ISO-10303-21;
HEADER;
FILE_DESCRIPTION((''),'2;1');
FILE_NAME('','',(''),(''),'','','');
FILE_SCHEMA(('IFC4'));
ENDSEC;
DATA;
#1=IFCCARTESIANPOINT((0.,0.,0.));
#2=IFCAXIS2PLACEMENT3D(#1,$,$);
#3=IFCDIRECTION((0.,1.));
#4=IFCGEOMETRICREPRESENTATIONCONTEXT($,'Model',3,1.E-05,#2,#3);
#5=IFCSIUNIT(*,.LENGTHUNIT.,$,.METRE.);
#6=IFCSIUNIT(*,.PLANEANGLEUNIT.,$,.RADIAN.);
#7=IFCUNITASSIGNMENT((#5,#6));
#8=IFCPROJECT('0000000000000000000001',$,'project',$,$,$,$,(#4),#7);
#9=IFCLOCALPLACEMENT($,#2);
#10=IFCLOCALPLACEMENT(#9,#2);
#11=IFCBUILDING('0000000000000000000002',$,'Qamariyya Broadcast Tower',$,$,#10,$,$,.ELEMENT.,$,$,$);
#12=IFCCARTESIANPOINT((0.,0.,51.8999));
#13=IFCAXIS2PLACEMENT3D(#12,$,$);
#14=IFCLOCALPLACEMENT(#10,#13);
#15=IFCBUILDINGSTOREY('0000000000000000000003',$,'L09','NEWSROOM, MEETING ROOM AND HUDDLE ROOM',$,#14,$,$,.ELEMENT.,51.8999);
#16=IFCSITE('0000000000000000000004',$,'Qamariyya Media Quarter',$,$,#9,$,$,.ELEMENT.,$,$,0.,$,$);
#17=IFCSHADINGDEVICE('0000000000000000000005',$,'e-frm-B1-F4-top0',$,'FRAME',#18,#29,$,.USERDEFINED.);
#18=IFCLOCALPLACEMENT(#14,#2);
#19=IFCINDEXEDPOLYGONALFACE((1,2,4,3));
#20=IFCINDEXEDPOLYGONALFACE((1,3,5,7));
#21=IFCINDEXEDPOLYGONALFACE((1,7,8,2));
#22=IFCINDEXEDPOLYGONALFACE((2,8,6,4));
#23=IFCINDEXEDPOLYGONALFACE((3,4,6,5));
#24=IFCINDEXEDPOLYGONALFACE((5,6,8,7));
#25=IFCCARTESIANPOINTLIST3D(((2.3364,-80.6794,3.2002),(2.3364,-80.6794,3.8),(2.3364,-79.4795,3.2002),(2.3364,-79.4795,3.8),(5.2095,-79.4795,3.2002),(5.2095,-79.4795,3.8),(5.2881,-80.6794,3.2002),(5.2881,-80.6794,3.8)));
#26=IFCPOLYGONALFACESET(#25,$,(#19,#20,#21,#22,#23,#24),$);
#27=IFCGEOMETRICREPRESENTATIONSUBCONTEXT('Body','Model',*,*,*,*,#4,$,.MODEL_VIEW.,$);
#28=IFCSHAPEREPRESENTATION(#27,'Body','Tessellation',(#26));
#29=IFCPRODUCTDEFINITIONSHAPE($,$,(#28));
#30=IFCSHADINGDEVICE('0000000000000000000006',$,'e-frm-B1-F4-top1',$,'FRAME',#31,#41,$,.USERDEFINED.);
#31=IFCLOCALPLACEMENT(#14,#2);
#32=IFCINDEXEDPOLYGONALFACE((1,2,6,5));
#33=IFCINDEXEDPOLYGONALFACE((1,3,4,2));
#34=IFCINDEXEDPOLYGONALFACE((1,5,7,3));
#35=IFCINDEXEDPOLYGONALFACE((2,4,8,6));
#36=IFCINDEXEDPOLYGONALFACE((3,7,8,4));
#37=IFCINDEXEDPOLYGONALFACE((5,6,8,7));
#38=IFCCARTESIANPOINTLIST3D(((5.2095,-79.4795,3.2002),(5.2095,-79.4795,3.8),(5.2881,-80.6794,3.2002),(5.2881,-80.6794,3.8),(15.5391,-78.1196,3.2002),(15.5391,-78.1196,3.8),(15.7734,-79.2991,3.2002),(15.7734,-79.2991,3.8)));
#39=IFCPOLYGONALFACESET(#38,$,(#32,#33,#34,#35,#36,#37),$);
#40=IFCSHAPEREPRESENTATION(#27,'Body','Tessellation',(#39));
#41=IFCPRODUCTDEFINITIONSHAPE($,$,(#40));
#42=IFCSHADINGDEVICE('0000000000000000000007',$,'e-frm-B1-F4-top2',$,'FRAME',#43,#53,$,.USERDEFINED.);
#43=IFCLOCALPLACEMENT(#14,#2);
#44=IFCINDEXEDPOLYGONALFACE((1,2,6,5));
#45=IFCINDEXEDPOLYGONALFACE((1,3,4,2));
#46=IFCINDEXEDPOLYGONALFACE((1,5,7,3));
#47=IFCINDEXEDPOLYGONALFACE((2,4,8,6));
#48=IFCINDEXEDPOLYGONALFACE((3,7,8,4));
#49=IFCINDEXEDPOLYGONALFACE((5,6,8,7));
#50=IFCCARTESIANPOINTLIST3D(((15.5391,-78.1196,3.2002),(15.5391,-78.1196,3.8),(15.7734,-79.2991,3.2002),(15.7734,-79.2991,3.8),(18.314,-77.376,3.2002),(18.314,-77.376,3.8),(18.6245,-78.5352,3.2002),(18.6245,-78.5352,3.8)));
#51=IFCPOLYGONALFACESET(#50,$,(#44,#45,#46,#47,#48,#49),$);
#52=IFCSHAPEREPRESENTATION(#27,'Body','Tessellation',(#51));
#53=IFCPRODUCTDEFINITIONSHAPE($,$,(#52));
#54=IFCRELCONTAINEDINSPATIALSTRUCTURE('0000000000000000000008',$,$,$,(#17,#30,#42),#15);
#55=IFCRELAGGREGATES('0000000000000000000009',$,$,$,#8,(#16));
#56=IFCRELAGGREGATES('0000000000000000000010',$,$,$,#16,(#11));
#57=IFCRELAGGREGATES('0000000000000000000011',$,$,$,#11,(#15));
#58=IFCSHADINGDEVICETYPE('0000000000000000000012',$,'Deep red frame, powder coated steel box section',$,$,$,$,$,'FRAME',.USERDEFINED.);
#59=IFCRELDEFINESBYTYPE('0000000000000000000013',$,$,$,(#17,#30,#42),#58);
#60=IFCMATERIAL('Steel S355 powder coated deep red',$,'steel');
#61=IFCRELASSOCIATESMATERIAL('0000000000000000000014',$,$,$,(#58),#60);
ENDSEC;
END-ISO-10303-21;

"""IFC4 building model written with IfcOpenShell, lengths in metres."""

from ifc_helpers import new_model, si_unit, direction, frame, origin, place, context, subcontext, project, spatial, polyline, outline, extrude, material, type_object, element, save


model = new_model("IFC4")

# Units and contexts
model_context = context("Model", 3, precision=1e-05, world=origin(), true_north=direction((0.0, 1.0)))
body_context = subcontext(model_context, "Body", "Model", "MODEL_VIEW")
ifc_project = project(units=[si_unit("LENGTHUNIT", "METRE"), si_unit("PLANEANGLEUNIT", "RADIAN")], contexts=[model_context])

# Site, building, storey
site_placement = place(None, origin())
site = spatial("IfcSite", under=ifc_project, at=site_placement, Name="Qamariyya Media Quarter", CompositionType="ELEMENT", RefElevation=0.0)
building_placement = place(site_placement, origin())
building = spatial("IfcBuilding", under=site, at=building_placement, Name="Qamariyya Broadcast Tower", CompositionType="ELEMENT")
storey_placement = place(building_placement, frame((0.0, 0.0, 51.8999)))
storey = spatial("IfcBuildingStorey", under=building, at=storey_placement, Name="L09", Description="NEWSROOM, MEETING ROOM AND HUDDLE ROOM", CompositionType="ELEMENT", Elevation=51.8999)

# Shading devices
ifc_material_1 = material(Name="Steel S355 powder coated deep red", Category="steel")
shading_device_type = type_object("IfcShadingDeviceType", Name="Deep red frame, powder coated steel box section", ElementType="FRAME", PredefinedType="USERDEFINED", material=ifc_material_1)
shading_device_1_placement = place(storey_placement, frame((0.0, 0.0, 3.2002)))
element("IfcShadingDevice", 1, at=shading_device_1_placement, inside=storey, type_object=shading_device_type, Name="e-frm-B1-F4-top0", ObjectType="FRAME", PredefinedType="USERDEFINED", context=body_context, shape_type="SweptSolid", body=[
    extrude(outline(polyline([(2.3364, -79.4795), (2.3364, -80.6794), (5.2881, -80.6794), (5.2095, -79.4795), (2.3364, -79.4795)])), origin(), (0.0, 0.0, 1.0), 0.5999),
])
shading_device_2_placement = place(storey_placement, frame((0.0, 0.0, 3.2002)))
element("IfcShadingDevice", 2, at=shading_device_2_placement, inside=storey, type_object=shading_device_type, Name="e-frm-B1-F4-top1", ObjectType="FRAME", PredefinedType="USERDEFINED", context=body_context, shape_type="SweptSolid", body=[
    extrude(outline(polyline([(5.2095, -79.4795), (5.2881, -80.6794), (15.7734, -79.2991), (15.5391, -78.1196), (5.2095, -79.4795)])), origin(), (0.0, 0.0, 1.0), 0.5999),
])
shading_device_3_placement = place(storey_placement, frame((0.0, 0.0, 3.2002)))
element("IfcShadingDevice", 3, at=shading_device_3_placement, inside=storey, type_object=shading_device_type, Name="e-frm-B1-F4-top2", ObjectType="FRAME", PredefinedType="USERDEFINED", context=body_context, shape_type="SweptSolid", body=[
    extrude(outline(polyline([(15.5391, -78.1196), (15.7734, -79.2991), (18.6245, -78.5352), (18.314, -77.376), (15.5391, -78.1196)])), origin(), (0.0, 0.0, 1.0), 0.5999),
])

save(model, "model.ifc")
